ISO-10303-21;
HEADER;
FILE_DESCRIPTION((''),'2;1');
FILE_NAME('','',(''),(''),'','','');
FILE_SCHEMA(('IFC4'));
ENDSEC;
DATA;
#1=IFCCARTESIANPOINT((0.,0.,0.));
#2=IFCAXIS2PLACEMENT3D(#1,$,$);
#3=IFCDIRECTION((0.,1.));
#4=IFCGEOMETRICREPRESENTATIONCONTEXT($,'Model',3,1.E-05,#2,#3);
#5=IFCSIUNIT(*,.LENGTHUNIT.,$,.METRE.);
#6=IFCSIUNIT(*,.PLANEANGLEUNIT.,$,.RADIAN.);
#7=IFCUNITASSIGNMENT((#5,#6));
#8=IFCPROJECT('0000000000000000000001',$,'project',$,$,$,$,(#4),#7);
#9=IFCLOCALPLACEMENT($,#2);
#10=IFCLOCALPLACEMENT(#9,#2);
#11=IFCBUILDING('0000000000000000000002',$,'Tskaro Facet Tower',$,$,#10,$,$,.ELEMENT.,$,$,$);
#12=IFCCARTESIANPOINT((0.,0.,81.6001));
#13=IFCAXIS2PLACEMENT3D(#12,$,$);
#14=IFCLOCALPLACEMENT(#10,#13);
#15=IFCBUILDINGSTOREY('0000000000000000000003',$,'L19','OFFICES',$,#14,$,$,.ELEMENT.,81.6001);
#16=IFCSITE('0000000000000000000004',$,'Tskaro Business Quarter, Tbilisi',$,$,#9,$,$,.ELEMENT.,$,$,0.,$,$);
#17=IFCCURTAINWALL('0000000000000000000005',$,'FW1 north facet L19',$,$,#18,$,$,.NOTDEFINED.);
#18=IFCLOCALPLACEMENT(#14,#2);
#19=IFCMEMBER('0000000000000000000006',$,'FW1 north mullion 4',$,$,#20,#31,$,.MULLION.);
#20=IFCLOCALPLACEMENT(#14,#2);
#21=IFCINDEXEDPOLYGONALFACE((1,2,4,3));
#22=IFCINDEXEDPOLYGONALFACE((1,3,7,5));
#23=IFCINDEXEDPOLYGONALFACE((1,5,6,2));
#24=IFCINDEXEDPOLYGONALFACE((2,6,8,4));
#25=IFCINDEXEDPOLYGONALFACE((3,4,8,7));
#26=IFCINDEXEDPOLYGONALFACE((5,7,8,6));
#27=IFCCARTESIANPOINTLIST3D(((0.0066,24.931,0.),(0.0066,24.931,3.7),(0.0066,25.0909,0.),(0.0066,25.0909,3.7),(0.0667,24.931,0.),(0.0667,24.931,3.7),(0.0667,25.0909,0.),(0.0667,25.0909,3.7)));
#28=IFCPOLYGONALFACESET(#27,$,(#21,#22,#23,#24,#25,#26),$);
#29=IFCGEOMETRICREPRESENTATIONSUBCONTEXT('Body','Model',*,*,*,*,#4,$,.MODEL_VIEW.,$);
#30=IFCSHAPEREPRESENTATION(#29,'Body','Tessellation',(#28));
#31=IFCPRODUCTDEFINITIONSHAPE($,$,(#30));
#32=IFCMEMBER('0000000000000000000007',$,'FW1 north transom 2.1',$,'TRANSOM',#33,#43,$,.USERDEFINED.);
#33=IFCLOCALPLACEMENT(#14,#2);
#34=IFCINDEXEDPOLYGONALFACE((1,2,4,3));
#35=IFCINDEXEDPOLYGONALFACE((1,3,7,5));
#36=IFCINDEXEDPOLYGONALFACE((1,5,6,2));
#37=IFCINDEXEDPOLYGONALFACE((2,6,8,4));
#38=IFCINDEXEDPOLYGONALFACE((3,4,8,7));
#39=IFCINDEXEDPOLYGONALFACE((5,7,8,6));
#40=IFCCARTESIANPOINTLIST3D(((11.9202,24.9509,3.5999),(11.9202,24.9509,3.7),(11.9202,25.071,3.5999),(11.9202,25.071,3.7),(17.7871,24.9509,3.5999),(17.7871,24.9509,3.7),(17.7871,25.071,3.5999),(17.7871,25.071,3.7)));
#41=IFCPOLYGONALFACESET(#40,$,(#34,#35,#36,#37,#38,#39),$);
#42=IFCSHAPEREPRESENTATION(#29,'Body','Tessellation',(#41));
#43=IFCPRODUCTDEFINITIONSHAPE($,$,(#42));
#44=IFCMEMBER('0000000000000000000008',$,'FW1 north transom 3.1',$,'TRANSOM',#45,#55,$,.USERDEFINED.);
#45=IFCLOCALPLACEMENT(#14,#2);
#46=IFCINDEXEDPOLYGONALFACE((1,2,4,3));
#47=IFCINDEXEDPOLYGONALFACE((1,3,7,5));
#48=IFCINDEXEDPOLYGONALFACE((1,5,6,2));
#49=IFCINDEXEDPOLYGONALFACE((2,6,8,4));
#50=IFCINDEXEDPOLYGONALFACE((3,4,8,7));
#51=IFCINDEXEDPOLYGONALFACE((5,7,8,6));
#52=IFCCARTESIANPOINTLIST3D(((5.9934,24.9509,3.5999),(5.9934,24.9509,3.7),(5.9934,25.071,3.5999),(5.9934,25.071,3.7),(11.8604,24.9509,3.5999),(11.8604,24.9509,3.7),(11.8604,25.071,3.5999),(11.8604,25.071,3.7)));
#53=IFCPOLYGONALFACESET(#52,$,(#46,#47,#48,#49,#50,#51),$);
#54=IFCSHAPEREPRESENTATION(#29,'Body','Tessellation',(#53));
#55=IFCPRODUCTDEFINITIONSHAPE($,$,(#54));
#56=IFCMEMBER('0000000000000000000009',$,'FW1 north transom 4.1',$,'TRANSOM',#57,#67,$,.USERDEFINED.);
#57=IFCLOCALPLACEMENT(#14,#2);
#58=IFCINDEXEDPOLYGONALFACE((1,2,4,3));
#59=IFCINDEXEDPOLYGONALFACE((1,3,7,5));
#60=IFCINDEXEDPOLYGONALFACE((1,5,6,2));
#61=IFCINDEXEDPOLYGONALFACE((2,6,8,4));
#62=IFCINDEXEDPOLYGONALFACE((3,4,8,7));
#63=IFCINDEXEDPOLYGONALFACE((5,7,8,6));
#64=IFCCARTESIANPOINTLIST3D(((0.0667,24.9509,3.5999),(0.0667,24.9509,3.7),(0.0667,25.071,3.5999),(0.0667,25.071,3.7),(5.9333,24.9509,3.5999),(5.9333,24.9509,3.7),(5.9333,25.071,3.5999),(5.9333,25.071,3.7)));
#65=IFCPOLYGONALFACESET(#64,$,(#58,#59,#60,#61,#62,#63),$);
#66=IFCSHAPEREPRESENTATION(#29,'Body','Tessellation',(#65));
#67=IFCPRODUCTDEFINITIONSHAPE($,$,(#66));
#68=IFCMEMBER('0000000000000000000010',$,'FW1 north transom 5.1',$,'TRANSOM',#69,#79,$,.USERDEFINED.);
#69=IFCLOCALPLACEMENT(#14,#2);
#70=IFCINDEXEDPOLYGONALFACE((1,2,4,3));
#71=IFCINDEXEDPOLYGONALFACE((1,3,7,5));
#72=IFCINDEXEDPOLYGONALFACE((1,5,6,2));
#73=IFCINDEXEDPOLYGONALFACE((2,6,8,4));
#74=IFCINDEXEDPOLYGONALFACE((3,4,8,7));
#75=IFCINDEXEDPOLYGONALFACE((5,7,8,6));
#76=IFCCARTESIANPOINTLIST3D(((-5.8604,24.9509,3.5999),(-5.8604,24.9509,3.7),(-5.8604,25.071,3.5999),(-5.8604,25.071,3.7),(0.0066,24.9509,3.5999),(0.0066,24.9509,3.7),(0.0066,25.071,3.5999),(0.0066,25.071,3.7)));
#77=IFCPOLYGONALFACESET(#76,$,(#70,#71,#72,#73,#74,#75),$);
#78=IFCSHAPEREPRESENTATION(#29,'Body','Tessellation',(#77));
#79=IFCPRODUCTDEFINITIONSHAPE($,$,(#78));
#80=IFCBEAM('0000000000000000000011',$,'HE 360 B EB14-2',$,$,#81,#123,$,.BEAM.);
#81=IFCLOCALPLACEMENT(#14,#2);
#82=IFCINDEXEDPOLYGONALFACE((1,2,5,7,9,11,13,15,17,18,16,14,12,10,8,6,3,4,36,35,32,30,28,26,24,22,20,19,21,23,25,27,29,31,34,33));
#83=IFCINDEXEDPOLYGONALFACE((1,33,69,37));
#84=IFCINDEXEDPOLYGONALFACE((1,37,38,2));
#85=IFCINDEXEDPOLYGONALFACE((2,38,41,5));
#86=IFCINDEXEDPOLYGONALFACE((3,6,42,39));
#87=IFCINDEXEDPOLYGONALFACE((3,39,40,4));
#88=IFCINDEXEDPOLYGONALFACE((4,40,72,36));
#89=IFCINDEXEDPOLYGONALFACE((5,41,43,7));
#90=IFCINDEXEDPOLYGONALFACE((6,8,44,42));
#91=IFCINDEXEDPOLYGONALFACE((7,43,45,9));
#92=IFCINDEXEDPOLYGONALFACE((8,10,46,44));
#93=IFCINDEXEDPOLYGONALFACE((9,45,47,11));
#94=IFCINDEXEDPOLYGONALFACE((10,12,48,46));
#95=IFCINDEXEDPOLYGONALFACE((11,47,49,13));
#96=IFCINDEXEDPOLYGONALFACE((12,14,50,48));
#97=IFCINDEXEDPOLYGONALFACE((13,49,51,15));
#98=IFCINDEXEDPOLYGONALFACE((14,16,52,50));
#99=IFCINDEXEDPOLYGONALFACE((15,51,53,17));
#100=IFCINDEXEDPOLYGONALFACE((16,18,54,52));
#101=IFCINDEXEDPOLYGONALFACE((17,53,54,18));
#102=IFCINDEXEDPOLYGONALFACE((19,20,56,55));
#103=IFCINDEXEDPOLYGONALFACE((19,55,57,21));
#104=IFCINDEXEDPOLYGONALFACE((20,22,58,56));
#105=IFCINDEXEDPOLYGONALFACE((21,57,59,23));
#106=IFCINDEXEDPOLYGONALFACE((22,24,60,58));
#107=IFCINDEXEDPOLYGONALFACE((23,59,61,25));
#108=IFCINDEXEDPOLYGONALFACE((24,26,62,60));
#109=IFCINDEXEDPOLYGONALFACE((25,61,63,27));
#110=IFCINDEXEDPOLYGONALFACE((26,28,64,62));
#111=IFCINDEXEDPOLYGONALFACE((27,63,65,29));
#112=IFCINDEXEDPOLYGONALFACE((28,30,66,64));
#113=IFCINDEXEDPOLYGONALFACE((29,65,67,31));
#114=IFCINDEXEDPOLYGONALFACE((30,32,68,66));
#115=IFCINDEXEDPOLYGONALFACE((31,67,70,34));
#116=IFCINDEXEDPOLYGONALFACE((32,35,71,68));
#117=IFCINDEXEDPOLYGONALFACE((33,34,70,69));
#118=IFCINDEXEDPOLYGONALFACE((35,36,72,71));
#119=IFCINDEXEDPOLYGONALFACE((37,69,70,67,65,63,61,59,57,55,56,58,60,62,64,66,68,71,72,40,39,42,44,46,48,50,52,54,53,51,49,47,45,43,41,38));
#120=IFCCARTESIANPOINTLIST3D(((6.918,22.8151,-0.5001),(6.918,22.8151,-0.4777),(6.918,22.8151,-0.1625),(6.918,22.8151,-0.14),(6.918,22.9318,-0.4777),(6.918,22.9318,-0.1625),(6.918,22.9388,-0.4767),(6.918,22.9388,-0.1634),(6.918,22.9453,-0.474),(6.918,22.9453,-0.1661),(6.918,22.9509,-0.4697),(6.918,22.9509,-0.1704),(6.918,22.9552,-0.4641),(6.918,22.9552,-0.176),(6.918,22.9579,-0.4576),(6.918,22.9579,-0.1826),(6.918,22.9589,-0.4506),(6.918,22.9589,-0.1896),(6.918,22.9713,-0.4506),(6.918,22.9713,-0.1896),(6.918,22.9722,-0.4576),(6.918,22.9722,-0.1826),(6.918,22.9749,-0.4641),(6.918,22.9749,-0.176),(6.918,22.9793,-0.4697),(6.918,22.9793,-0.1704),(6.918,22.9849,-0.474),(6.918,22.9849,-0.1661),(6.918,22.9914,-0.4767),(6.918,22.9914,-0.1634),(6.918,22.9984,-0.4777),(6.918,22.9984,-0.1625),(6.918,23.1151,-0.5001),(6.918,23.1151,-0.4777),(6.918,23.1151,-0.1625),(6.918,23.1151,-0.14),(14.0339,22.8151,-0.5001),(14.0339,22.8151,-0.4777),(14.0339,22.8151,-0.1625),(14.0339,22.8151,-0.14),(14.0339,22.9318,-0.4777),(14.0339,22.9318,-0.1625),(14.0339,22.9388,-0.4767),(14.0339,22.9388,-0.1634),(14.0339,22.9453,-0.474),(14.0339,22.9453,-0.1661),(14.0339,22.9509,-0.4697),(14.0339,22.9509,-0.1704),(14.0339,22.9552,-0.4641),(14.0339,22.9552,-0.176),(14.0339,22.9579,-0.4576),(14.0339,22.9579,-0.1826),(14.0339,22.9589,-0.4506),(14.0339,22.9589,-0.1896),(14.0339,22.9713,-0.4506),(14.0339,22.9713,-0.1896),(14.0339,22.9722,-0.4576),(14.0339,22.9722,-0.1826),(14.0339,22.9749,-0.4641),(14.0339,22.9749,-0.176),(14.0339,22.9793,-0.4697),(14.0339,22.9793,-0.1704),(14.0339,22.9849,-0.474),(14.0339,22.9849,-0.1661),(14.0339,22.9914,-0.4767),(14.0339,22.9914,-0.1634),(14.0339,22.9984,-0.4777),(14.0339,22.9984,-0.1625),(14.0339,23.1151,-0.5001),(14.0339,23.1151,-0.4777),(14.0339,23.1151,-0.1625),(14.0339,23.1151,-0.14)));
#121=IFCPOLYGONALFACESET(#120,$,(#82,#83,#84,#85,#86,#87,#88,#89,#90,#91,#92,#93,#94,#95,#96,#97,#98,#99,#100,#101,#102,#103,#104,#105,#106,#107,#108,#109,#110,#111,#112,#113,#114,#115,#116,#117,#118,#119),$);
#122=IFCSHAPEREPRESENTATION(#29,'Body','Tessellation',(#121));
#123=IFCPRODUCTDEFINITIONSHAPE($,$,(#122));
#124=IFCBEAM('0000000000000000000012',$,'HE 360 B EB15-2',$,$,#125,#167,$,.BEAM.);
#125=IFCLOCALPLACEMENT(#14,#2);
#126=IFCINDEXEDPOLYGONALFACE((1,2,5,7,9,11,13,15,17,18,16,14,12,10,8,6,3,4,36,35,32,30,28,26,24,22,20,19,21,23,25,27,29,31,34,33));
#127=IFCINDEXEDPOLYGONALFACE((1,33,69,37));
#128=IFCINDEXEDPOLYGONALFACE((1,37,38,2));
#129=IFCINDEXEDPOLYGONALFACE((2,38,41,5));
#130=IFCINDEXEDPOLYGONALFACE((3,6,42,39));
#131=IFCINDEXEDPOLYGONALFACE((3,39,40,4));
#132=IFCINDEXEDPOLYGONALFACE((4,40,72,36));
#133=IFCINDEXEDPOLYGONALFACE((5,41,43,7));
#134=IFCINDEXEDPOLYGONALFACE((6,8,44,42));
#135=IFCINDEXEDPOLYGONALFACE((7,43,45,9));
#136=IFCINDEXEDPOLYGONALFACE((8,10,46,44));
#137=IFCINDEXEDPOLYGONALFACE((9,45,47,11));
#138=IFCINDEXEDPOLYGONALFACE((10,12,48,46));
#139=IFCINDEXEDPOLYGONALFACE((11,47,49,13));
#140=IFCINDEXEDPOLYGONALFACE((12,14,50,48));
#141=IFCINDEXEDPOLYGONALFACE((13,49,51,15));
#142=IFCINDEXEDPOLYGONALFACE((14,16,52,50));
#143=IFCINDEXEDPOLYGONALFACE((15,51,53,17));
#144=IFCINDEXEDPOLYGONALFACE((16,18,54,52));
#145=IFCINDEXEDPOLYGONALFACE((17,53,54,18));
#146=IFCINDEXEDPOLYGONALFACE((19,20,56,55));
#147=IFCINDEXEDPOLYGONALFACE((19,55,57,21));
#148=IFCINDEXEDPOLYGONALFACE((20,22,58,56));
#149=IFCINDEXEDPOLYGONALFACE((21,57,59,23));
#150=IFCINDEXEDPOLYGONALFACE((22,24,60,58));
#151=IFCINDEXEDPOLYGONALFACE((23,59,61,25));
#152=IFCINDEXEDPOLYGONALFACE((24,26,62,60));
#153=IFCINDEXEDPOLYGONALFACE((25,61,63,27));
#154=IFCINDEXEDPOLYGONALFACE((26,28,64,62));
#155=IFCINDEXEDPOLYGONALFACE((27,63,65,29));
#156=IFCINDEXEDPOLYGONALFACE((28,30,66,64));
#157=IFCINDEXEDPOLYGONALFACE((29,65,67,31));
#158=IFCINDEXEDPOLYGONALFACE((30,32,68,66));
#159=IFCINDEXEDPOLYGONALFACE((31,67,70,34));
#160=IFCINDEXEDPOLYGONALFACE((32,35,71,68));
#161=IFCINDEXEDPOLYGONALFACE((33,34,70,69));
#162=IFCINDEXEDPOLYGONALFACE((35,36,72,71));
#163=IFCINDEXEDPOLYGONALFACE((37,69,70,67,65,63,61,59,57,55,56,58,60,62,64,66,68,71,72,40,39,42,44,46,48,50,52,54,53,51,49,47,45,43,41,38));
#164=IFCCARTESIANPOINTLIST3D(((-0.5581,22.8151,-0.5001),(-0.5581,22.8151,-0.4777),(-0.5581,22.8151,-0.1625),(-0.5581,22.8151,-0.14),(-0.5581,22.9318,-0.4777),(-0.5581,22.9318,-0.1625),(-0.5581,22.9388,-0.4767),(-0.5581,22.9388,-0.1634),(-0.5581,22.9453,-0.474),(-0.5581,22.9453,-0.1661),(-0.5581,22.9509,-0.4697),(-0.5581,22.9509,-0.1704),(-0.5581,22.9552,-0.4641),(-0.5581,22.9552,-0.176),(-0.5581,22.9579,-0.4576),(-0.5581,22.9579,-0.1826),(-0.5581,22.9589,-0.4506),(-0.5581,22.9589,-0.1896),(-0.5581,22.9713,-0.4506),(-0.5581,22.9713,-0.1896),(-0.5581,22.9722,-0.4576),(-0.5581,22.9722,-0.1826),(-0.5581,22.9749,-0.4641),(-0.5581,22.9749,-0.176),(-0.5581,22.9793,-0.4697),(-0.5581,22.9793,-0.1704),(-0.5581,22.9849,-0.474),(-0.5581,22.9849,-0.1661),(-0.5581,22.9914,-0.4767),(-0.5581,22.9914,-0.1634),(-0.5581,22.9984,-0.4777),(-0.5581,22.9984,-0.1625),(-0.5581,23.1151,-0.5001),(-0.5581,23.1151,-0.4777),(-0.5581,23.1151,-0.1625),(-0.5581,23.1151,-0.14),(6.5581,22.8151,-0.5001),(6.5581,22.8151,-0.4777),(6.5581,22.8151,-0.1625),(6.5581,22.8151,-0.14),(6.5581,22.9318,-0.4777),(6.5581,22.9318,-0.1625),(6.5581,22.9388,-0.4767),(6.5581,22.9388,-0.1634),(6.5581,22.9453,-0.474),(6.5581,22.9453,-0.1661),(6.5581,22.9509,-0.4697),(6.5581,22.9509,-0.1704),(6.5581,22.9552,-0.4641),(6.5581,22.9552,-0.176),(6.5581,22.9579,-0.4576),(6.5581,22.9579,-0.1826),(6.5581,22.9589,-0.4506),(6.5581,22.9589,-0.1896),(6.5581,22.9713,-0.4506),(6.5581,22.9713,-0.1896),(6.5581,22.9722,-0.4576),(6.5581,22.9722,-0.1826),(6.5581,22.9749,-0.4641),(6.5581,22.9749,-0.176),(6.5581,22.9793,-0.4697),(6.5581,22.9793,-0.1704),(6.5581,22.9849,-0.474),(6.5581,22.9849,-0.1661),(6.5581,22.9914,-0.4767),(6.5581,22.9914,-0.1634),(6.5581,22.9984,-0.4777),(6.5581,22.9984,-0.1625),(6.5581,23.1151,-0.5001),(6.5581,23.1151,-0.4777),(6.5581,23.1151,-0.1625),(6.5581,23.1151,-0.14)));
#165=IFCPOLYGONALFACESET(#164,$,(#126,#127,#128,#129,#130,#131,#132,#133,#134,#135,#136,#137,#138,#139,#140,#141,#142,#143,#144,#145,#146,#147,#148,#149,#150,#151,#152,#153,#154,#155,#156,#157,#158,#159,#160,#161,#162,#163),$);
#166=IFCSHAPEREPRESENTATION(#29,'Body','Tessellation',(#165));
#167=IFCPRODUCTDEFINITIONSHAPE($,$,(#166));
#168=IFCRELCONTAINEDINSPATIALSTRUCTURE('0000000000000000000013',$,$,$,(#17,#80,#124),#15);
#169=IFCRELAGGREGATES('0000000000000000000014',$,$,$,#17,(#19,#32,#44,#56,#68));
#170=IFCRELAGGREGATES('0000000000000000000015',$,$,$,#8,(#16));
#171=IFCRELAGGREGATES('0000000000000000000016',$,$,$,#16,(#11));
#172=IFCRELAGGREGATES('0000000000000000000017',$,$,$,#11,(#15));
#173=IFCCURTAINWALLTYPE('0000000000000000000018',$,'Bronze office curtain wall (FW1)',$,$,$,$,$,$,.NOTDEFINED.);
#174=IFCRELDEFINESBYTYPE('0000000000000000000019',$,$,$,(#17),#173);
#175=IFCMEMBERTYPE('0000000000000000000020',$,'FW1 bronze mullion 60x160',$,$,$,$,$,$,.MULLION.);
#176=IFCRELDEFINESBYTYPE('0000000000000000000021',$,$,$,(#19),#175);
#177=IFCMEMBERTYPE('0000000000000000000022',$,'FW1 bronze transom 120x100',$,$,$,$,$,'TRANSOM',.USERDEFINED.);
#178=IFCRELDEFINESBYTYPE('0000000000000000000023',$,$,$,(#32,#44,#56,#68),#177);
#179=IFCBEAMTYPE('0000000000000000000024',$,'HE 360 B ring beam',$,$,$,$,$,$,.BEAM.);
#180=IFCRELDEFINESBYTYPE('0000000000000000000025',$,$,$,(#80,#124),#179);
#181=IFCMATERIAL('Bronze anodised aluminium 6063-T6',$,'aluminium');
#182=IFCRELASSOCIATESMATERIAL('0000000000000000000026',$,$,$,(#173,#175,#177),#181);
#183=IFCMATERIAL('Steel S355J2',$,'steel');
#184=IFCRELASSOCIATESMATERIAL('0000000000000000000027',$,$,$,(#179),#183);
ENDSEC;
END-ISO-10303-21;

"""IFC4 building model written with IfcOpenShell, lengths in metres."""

from ifc_helpers import new_model, si_unit, direction, frame, origin, origin_2d, place, context, subcontext, project, spatial, rectangle, i_section, extrude, material, material_profile, profile_set, type_object, element, aggregate, save


model = new_model("IFC4")

# Units and contexts
model_context = context("Model", 3, precision=1e-05, world=origin(), true_north=direction((0.0, 1.0)))
body_context = subcontext(model_context, "Body", "Model", "MODEL_VIEW")
ifc_project = project(units=[si_unit("LENGTHUNIT", "METRE"), si_unit("PLANEANGLEUNIT", "RADIAN")], contexts=[model_context])

# Site, building, storey
site_placement = place(None, origin())
site = spatial("IfcSite", under=ifc_project, at=site_placement, Name="Tskaro Business Quarter, Tbilisi", CompositionType="ELEMENT", RefElevation=0.0)
building_placement = place(site_placement, origin())
building = spatial("IfcBuilding", under=site, at=building_placement, Name="Tskaro Facet Tower", CompositionType="ELEMENT")
storey_placement = place(building_placement, frame((0.0, 0.0, 81.6001)))
storey = spatial("IfcBuildingStorey", under=building, at=storey_placement, Name="L19", Description="OFFICES", CompositionType="ELEMENT", Elevation=81.6001)

# Curtain wall, members
ifc_material_1 = material(Name="Bronze anodised aluminium 6063-T6", Category="aluminium")
curtain_wall_type = type_object("IfcCurtainWallType", Name="Bronze office curtain wall (FW1)", PredefinedType="NOTDEFINED", material=ifc_material_1)
curtain_wall_placement = place(storey_placement, origin())
curtain_wall = element("IfcCurtainWall", 1, at=curtain_wall_placement, inside=storey, type_object=curtain_wall_type, Name="FW1 north facet L19", PredefinedType="NOTDEFINED")
ifc_material_profile_1 = material_profile(ifc_material_1, rectangle(XDim=0.0601, YDim=0.1599, at=origin_2d()), Name="Mullion 60x160")
ifc_profile_set_1 = profile_set([ifc_material_profile_1], Name="Bronze anodised aluminium 6063-T6")
member_type_1 = type_object("IfcMemberType", Name="FW1 bronze mullion 60x160", PredefinedType="MULLION", material=ifc_profile_set_1)
member_1_placement = place(storey_placement, frame((0.0366, 25.011, 0.0), z_axis=(0.0, 0.0, 1.0), x_axis=(-1.0, 0.0, 0.0)))
member_1 = element("IfcMember", 2, at=member_1_placement, type_object=member_type_1, Name="FW1 north mullion 4", PredefinedType="MULLION", context=body_context, shape_type="SweptSolid", body=[
    extrude(rectangle(XDim=0.0601, YDim=0.1599, at=origin_2d()), origin(), (0.0, 0.0, 1.0), 3.7),
])
ifc_material_profile_2 = material_profile(ifc_material_1, rectangle(XDim=0.1201, YDim=0.1001, at=origin_2d()), Name="Transom 120x100")
ifc_profile_set_2 = profile_set([ifc_material_profile_2], Name="Bronze anodised aluminium 6063-T6")
member_type_2 = type_object("IfcMemberType", Name="FW1 bronze transom 120x100", ElementType="TRANSOM", PredefinedType="USERDEFINED", material=ifc_profile_set_2)
member_2_placement = place(storey_placement, frame((17.7871, 25.011, 3.6499), z_axis=(-1.0, 0.0, 0.0), x_axis=(0.0, -1.0, 0.0)))
member_2 = element("IfcMember", 3, at=member_2_placement, type_object=member_type_2, Name="FW1 north transom 2.1", ObjectType="TRANSOM", PredefinedType="USERDEFINED", context=body_context, shape_type="SweptSolid", body=[
    extrude(rectangle(XDim=0.1201, YDim=0.1001, at=origin_2d()), origin(), (0.0, 0.0, 1.0), 5.8669),
])
member_3_placement = place(storey_placement, frame((11.8604, 25.011, 3.6499), z_axis=(-1.0, 0.0, 0.0), x_axis=(0.0, -1.0, 0.0)))
member_3 = element("IfcMember", 4, at=member_3_placement, type_object=member_type_2, Name="FW1 north transom 3.1", ObjectType="TRANSOM", PredefinedType="USERDEFINED", context=body_context, shape_type="SweptSolid", body=[
    extrude(rectangle(XDim=0.1201, YDim=0.1001, at=origin_2d()), origin(), (0.0, 0.0, 1.0), 5.8669),
])
member_4_placement = place(storey_placement, frame((5.9333, 25.011, 3.6499), z_axis=(-1.0, 0.0, 0.0), x_axis=(0.0, -1.0, 0.0)))
member_4 = element("IfcMember", 5, at=member_4_placement, type_object=member_type_2, Name="FW1 north transom 4.1", ObjectType="TRANSOM", PredefinedType="USERDEFINED", context=body_context, shape_type="SweptSolid", body=[
    extrude(rectangle(XDim=0.1201, YDim=0.1001, at=origin_2d()), origin(), (0.0, 0.0, 1.0), 5.8667),
])
member_5_placement = place(storey_placement, frame((0.0066, 25.011, 3.6499), z_axis=(-1.0, 0.0, 0.0), x_axis=(0.0, -1.0, 0.0)))
member_5 = element("IfcMember", 6, at=member_5_placement, type_object=member_type_2, Name="FW1 north transom 5.1", ObjectType="TRANSOM", PredefinedType="USERDEFINED", context=body_context, shape_type="SweptSolid", body=[
    extrude(rectangle(XDim=0.1201, YDim=0.1001, at=origin_2d()), origin(), (0.0, 0.0, 1.0), 5.8669),
])

# Beams
ifc_material_2 = material(Name="Steel S355J2", Category="steel")
ifc_material_profile_3 = material_profile(ifc_material_2, i_section(OverallWidth=0.3, OverallDepth=0.3601, WebThickness=0.0125, FlangeThickness=0.0225, FilletRadius=0.0271, at=origin_2d()), Name="HE 360 B")
ifc_profile_set_3 = profile_set([ifc_material_profile_3], Name="Steel S355J2")
beam_type_1 = type_object("IfcBeamType", Name="HE 360 B ring beam", PredefinedType="BEAM", material=ifc_profile_set_3)
beam_1_placement = place(storey_placement, frame((14.0339, 22.9651, -0.3201), z_axis=(-1.0, 0.0, 0.0), x_axis=(0.0, -1.0, 0.0)))
element("IfcBeam", 7, at=beam_1_placement, inside=storey, type_object=beam_type_1, Name="HE 360 B EB14-2", PredefinedType="BEAM", context=body_context, shape_type="SweptSolid", body=[
    extrude(i_section(OverallWidth=0.3, OverallDepth=0.3601, WebThickness=0.0125, FlangeThickness=0.0225, FilletRadius=0.0271, at=origin_2d()), origin(), (0.0, 0.0, 1.0), 7.116),
])
beam_2_placement = place(storey_placement, frame((6.5581, 22.9651, -0.3201), z_axis=(-1.0, 0.0, 0.0), x_axis=(0.0, -1.0, 0.0)))
element("IfcBeam", 8, at=beam_2_placement, inside=storey, type_object=beam_type_1, Name="HE 360 B EB15-2", PredefinedType="BEAM", context=body_context, shape_type="SweptSolid", body=[
    extrude(i_section(OverallWidth=0.3, OverallDepth=0.3601, WebThickness=0.0125, FlangeThickness=0.0225, FilletRadius=0.0271, at=origin_2d()), origin(), (0.0, 0.0, 1.0), 7.1162),
])

aggregate(curtain_wall, [member_1, member_2, member_3, member_4, member_5])

save(model, "model.ifc")
